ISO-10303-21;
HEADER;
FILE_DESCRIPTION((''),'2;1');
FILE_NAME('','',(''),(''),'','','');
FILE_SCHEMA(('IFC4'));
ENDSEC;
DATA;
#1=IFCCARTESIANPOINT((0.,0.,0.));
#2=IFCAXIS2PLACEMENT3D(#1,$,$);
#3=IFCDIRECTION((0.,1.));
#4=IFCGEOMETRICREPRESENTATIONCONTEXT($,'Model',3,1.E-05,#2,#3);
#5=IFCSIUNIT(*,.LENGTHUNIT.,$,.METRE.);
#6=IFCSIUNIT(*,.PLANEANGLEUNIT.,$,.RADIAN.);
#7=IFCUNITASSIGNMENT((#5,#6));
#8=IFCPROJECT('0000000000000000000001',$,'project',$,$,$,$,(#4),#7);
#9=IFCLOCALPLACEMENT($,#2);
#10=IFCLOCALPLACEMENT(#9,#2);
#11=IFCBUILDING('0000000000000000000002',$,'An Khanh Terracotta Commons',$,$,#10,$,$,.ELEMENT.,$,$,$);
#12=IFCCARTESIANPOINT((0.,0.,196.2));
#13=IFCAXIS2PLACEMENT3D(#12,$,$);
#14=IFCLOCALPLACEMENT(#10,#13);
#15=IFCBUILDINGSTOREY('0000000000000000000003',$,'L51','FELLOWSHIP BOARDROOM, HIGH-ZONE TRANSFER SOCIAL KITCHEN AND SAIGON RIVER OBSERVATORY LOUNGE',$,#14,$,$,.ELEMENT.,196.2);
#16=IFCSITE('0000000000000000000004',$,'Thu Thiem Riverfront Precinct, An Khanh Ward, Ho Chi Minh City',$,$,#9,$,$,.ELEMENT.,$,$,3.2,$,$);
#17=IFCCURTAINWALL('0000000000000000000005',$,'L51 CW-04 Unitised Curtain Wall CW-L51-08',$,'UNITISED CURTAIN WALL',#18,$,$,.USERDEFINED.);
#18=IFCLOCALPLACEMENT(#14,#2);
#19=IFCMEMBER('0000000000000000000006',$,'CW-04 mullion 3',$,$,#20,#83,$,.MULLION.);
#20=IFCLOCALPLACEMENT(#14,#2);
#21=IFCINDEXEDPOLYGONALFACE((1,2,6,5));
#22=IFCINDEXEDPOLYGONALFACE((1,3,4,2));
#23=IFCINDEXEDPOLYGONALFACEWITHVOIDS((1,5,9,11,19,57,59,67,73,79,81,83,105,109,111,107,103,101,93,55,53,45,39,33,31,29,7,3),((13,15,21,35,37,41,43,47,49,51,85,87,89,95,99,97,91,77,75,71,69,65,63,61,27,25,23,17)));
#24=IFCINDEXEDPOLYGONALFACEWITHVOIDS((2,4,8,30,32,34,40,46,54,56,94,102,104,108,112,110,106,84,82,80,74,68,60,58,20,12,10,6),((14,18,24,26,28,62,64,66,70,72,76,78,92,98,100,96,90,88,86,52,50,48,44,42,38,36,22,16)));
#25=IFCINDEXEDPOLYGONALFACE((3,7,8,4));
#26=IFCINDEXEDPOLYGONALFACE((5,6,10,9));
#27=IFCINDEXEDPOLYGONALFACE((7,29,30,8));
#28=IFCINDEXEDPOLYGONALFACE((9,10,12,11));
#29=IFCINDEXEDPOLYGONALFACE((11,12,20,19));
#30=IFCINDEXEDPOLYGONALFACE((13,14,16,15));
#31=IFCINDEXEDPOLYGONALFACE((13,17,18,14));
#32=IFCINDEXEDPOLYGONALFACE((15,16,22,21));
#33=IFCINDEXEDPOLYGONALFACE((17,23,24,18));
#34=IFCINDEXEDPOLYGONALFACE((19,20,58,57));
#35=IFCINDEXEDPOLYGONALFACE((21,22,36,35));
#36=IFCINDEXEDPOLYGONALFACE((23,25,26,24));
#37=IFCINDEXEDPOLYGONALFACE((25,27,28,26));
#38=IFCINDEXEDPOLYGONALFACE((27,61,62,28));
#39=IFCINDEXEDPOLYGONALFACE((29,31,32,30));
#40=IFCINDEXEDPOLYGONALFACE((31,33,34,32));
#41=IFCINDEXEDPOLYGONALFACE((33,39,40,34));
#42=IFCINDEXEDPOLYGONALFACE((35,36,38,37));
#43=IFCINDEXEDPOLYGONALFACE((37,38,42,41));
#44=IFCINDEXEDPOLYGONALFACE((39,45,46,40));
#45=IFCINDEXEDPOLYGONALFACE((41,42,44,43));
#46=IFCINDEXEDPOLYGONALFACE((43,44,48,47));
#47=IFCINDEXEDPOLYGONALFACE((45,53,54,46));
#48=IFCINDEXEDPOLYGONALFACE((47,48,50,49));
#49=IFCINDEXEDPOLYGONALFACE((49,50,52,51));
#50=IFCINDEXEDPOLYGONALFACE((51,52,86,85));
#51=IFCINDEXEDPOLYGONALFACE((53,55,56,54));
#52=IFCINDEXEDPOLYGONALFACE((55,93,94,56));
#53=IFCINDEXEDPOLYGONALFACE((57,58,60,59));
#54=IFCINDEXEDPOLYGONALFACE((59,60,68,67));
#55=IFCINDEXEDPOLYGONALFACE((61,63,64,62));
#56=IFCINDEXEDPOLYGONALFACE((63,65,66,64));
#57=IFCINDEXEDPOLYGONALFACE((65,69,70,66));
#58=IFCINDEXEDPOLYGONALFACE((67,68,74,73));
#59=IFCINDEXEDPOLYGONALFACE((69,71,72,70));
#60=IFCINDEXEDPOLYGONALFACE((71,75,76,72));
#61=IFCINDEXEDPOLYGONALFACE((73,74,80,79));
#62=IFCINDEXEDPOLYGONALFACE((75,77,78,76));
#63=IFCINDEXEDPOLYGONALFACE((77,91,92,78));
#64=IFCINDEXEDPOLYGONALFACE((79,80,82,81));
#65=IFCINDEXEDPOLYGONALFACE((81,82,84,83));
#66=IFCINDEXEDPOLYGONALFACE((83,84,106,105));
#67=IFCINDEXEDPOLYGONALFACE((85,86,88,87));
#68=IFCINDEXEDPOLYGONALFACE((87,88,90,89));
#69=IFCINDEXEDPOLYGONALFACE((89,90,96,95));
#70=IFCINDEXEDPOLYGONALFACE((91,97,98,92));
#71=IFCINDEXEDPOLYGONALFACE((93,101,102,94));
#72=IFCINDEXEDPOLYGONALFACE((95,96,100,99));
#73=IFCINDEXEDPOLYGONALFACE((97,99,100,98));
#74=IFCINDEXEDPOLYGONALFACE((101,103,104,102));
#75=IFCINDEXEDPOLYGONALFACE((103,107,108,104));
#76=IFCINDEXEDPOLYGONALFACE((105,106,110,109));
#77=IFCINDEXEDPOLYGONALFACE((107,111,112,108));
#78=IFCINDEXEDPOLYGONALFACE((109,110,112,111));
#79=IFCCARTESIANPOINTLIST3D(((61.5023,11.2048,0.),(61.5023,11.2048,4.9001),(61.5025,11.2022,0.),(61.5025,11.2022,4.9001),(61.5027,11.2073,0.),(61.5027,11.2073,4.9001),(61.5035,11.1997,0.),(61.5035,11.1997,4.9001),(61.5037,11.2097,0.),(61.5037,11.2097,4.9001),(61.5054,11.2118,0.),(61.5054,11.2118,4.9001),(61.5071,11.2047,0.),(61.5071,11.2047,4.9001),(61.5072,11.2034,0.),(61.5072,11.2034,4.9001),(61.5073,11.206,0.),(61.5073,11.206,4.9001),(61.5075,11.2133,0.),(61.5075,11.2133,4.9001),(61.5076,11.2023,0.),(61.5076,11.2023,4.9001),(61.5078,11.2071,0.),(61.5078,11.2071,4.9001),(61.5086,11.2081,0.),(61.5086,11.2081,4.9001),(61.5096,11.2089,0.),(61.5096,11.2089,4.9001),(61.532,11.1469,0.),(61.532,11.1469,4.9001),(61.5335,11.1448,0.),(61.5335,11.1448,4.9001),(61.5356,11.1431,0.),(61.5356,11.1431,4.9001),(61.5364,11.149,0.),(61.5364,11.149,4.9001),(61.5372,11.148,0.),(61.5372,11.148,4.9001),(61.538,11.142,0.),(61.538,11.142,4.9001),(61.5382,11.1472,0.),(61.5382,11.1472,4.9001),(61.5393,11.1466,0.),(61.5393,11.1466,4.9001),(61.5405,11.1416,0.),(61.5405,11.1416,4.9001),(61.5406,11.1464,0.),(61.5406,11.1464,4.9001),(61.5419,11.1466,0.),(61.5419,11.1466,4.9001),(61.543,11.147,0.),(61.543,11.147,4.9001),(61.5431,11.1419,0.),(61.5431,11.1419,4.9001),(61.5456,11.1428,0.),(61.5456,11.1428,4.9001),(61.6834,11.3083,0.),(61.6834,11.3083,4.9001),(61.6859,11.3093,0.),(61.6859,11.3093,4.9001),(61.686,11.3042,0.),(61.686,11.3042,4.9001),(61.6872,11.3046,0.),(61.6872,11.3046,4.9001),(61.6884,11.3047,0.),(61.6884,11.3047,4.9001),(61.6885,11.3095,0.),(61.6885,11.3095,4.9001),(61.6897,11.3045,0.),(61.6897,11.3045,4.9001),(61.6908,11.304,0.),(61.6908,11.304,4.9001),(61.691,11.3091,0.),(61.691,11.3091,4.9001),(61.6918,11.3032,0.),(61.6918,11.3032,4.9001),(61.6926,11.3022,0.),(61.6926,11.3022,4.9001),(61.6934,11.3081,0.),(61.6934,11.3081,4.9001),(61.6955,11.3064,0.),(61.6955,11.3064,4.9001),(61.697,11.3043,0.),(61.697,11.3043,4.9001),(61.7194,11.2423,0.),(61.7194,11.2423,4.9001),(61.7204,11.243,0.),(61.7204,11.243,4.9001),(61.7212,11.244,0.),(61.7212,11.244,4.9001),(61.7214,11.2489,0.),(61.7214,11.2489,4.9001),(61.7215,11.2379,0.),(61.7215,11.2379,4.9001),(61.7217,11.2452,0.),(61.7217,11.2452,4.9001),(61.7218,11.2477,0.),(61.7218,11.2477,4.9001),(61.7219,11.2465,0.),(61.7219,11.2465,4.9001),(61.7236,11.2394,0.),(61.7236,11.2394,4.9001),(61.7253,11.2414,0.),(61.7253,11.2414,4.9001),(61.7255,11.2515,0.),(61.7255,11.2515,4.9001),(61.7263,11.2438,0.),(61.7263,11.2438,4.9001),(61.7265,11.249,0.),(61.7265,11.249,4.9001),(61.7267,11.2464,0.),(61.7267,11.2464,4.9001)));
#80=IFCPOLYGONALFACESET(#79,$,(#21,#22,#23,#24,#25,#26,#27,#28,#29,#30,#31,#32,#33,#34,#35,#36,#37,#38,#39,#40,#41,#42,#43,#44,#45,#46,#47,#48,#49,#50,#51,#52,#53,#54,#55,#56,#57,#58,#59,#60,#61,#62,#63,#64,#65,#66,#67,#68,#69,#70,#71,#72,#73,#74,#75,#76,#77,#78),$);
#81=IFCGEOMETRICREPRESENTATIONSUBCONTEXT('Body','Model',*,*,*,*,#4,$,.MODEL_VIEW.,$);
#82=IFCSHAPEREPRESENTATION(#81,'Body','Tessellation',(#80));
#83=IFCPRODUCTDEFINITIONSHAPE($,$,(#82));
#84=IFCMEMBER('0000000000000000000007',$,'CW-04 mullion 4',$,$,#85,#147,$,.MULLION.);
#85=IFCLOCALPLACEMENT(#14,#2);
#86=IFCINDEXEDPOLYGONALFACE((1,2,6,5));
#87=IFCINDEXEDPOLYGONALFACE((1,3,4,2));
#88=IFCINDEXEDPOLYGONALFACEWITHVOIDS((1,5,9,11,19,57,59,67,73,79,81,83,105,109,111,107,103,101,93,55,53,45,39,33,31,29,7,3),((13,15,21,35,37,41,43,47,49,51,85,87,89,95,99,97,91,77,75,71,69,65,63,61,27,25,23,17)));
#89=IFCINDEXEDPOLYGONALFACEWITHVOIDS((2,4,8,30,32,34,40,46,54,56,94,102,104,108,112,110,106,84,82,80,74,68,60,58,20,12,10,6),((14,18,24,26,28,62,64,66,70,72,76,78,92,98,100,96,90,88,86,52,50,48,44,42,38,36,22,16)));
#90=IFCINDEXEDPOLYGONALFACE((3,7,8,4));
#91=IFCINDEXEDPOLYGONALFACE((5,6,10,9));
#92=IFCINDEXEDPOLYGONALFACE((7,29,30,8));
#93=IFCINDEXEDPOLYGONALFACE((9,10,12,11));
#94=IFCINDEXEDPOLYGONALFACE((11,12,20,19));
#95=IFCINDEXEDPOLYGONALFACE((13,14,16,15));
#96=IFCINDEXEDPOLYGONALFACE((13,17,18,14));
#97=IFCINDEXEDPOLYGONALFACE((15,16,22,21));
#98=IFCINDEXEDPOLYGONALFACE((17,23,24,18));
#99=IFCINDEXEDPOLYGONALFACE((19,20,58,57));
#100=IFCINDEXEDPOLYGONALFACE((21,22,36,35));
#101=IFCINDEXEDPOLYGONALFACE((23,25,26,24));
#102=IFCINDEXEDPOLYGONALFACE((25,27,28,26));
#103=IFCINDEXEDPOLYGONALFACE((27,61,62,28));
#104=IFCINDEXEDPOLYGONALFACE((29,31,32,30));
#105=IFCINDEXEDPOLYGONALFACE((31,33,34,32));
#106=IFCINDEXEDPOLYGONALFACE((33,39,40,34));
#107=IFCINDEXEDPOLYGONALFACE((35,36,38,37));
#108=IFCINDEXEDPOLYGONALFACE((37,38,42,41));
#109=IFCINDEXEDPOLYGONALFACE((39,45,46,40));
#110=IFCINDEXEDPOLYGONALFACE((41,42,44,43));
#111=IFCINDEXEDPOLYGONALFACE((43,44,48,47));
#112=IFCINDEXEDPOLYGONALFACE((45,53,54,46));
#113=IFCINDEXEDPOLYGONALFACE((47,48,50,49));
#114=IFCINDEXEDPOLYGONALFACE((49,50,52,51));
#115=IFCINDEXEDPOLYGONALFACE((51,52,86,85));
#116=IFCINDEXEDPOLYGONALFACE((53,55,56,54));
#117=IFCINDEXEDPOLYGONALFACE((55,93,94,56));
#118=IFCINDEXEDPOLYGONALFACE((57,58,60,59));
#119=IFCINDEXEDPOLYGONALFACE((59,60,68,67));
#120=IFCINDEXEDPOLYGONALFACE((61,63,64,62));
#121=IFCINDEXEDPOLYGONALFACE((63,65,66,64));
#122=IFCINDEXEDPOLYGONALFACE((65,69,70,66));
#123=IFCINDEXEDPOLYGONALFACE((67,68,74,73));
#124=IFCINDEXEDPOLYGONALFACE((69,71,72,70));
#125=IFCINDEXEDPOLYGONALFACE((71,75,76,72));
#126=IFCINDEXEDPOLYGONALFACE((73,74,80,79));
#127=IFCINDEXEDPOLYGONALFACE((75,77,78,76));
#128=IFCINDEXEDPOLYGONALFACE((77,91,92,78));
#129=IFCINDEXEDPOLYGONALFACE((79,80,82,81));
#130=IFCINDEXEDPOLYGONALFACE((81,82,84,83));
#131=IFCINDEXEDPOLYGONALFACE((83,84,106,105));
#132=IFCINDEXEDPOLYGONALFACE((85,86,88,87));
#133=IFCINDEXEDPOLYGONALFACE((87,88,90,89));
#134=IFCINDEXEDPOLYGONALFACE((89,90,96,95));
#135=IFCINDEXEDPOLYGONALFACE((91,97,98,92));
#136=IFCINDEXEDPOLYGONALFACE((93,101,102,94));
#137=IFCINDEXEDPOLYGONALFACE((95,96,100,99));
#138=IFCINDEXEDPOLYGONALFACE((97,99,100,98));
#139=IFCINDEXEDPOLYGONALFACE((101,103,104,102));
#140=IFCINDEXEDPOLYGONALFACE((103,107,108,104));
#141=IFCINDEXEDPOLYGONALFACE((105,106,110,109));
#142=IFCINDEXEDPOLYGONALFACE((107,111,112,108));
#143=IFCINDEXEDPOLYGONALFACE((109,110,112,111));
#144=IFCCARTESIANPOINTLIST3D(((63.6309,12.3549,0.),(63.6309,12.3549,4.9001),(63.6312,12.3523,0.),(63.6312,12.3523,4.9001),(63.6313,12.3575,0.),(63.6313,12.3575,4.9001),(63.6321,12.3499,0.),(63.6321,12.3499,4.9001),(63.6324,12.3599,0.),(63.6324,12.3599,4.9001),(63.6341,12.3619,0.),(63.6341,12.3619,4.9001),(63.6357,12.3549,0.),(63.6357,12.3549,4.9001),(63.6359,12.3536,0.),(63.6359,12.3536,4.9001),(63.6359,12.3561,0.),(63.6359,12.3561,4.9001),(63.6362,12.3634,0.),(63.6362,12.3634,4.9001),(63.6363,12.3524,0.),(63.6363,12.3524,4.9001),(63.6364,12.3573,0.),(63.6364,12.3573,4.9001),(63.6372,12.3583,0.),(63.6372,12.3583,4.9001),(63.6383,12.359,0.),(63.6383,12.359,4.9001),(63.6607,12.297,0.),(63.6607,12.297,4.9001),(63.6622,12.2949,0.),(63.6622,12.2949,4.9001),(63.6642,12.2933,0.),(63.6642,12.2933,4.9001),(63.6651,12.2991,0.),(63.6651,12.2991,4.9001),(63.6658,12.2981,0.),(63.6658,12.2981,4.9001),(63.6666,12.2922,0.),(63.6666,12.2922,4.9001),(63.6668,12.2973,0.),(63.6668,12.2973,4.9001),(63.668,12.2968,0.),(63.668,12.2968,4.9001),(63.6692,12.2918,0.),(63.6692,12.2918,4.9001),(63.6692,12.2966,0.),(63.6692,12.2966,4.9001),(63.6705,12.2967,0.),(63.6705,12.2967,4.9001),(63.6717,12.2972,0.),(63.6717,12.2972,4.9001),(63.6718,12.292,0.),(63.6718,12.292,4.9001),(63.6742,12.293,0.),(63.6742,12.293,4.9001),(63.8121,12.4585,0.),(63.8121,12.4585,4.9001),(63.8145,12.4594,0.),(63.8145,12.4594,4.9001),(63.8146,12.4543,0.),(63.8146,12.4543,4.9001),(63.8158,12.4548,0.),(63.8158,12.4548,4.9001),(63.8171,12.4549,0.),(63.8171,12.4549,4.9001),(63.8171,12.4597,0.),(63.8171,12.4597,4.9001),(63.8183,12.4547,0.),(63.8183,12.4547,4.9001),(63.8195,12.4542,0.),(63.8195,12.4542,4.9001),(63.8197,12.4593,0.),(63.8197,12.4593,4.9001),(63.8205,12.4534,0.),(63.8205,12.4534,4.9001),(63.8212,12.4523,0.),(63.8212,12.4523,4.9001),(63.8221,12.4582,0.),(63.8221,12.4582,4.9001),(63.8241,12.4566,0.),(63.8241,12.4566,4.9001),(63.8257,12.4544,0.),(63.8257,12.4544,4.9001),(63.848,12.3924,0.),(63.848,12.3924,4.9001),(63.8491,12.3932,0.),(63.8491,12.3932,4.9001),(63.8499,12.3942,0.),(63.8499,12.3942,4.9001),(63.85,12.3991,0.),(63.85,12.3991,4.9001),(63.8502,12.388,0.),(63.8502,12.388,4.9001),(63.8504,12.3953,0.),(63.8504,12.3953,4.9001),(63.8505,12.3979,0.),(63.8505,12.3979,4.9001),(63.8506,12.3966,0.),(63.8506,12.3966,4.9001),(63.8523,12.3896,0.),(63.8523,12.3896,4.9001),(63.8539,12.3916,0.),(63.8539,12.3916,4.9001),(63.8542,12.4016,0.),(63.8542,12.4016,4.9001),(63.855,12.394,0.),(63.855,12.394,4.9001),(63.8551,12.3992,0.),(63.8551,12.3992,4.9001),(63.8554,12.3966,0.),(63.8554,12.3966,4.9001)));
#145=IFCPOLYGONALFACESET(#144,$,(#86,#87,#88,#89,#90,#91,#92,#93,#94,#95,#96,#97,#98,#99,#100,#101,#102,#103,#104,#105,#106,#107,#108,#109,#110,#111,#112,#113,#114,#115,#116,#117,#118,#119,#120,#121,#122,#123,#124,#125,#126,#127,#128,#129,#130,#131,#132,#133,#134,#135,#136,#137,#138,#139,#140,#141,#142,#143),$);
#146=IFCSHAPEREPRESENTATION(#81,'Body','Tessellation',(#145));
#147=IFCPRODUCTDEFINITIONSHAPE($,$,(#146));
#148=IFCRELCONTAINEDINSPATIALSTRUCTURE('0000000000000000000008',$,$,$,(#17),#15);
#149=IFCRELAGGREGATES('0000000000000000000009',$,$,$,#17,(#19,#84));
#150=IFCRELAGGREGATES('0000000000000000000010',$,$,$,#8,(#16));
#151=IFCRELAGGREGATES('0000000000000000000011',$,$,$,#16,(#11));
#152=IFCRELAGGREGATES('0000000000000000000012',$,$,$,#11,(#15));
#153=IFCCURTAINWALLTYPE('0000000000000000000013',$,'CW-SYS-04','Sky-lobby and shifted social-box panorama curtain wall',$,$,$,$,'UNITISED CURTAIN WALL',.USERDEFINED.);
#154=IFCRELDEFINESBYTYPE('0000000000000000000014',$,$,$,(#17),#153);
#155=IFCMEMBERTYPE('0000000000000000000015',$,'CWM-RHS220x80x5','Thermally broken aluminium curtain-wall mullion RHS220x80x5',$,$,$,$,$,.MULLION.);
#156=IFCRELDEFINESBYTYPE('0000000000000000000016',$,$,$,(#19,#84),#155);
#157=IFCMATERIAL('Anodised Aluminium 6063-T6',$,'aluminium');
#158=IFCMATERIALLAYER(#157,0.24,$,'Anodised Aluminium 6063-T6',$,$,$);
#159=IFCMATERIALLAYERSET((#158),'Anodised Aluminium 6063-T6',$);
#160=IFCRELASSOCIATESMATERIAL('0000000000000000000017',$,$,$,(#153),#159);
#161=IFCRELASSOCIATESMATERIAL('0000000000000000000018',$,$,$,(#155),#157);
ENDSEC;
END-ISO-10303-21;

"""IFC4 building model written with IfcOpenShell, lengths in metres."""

from ifc_helpers import new_model, si_unit, direction, frame, origin, origin_2d, place, context, subcontext, project, spatial, hollow_rectangle, extrude, material, layer, layer_set, material_profile, profile_set, type_object, element, aggregate, save


model = new_model("IFC4")

# Units and contexts
model_context = context("Model", 3, precision=1e-05, world=origin(), true_north=direction((0.0, 1.0)))
body_context = subcontext(model_context, "Body", "Model", "MODEL_VIEW")
ifc_project = project(units=[si_unit("LENGTHUNIT", "METRE"), si_unit("PLANEANGLEUNIT", "RADIAN")], contexts=[model_context])

# Site, building, storey
site_placement = place(None, origin())
site = spatial("IfcSite", under=ifc_project, at=site_placement, Name="Thu Thiem Riverfront Precinct, An Khanh Ward, Ho Chi Minh City", CompositionType="ELEMENT", RefElevation=3.2)
building_placement = place(site_placement, origin())
building = spatial("IfcBuilding", under=site, at=building_placement, Name="An Khanh Terracotta Commons", CompositionType="ELEMENT")
storey_placement = place(building_placement, frame((0.0, 0.0, 196.2)))
storey = spatial("IfcBuildingStorey", under=building, at=storey_placement, Name="L51", Description="FELLOWSHIP BOARDROOM, HIGH-ZONE TRANSFER SOCIAL KITCHEN AND SAIGON RIVER OBSERVATORY LOUNGE", CompositionType="ELEMENT", Elevation=196.2)

# Curtain wall, members
ifc_material_1 = material(Name="Anodised Aluminium 6063-T6", Category="aluminium")
ifc_layer_1 = layer(ifc_material_1, 0.24, Name="Anodised Aluminium 6063-T6")
ifc_layer_set_1 = layer_set([ifc_layer_1], Name="Anodised Aluminium 6063-T6")
curtain_wall_type = type_object("IfcCurtainWallType", Name="CW-SYS-04", Description="Sky-lobby and shifted social-box panorama curtain wall", ElementType="UNITISED CURTAIN WALL", PredefinedType="USERDEFINED", material=ifc_layer_set_1)
curtain_wall_placement = place(storey_placement, origin())
curtain_wall = element("IfcCurtainWall", 1, at=curtain_wall_placement, inside=storey, type_object=curtain_wall_type, Name="L51 CW-04 Unitised Curtain Wall CW-L51-08", ObjectType="UNITISED CURTAIN WALL", PredefinedType="USERDEFINED")
ifc_material_profile_1 = material_profile(ifc_material_1, hollow_rectangle(XDim=0.0801, YDim=0.22, WallThickness=0.0049, InnerFilletRadius=0.0049, OuterFilletRadius=0.01, at=origin_2d()), Name="RHS220x80x5")
ifc_profile_set_1 = profile_set([ifc_material_profile_1], Name="Anodised Aluminium 6063-T6")
member_type_1 = type_object("IfcMemberType", Name="CWM-RHS220x80x5", Description="Thermally broken aluminium curtain-wall mullion RHS220x80x5", PredefinedType="MULLION", material=ifc_profile_set_1)
member_1_placement = place(storey_placement, frame((61.6145, 11.2256, 0.0), z_axis=(0.0, 0.0, 1.0), x_axis=(-0.475381, 0.87978, 0.0)))
member_1 = element("IfcMember", 2, at=member_1_placement, type_object=member_type_1, Name="CW-04 mullion 3", PredefinedType="MULLION", context=body_context, shape_type="SweptSolid", body=[
    extrude(hollow_rectangle(XDim=0.0801, YDim=0.22, WallThickness=0.0049, InnerFilletRadius=0.0049, OuterFilletRadius=0.01, at=origin_2d()), origin(), (0.0, 0.0, 1.0), 4.9001),
])
member_2_placement = place(storey_placement, frame((63.7432, 12.3757, 0.0), z_axis=(0.0, 0.0, 1.0), x_axis=(-0.475381, 0.87978, 0.0)))
member_2 = element("IfcMember", 3, at=member_2_placement, type_object=member_type_1, Name="CW-04 mullion 4", PredefinedType="MULLION", context=body_context, shape_type="SweptSolid", body=[
    extrude(hollow_rectangle(XDim=0.0801, YDim=0.22, WallThickness=0.0049, InnerFilletRadius=0.0049, OuterFilletRadius=0.01, at=origin_2d()), origin(), (0.0, 0.0, 1.0), 4.9001),
])
aggregate(curtain_wall, [member_1, member_2])

save(model, "model.ifc")
